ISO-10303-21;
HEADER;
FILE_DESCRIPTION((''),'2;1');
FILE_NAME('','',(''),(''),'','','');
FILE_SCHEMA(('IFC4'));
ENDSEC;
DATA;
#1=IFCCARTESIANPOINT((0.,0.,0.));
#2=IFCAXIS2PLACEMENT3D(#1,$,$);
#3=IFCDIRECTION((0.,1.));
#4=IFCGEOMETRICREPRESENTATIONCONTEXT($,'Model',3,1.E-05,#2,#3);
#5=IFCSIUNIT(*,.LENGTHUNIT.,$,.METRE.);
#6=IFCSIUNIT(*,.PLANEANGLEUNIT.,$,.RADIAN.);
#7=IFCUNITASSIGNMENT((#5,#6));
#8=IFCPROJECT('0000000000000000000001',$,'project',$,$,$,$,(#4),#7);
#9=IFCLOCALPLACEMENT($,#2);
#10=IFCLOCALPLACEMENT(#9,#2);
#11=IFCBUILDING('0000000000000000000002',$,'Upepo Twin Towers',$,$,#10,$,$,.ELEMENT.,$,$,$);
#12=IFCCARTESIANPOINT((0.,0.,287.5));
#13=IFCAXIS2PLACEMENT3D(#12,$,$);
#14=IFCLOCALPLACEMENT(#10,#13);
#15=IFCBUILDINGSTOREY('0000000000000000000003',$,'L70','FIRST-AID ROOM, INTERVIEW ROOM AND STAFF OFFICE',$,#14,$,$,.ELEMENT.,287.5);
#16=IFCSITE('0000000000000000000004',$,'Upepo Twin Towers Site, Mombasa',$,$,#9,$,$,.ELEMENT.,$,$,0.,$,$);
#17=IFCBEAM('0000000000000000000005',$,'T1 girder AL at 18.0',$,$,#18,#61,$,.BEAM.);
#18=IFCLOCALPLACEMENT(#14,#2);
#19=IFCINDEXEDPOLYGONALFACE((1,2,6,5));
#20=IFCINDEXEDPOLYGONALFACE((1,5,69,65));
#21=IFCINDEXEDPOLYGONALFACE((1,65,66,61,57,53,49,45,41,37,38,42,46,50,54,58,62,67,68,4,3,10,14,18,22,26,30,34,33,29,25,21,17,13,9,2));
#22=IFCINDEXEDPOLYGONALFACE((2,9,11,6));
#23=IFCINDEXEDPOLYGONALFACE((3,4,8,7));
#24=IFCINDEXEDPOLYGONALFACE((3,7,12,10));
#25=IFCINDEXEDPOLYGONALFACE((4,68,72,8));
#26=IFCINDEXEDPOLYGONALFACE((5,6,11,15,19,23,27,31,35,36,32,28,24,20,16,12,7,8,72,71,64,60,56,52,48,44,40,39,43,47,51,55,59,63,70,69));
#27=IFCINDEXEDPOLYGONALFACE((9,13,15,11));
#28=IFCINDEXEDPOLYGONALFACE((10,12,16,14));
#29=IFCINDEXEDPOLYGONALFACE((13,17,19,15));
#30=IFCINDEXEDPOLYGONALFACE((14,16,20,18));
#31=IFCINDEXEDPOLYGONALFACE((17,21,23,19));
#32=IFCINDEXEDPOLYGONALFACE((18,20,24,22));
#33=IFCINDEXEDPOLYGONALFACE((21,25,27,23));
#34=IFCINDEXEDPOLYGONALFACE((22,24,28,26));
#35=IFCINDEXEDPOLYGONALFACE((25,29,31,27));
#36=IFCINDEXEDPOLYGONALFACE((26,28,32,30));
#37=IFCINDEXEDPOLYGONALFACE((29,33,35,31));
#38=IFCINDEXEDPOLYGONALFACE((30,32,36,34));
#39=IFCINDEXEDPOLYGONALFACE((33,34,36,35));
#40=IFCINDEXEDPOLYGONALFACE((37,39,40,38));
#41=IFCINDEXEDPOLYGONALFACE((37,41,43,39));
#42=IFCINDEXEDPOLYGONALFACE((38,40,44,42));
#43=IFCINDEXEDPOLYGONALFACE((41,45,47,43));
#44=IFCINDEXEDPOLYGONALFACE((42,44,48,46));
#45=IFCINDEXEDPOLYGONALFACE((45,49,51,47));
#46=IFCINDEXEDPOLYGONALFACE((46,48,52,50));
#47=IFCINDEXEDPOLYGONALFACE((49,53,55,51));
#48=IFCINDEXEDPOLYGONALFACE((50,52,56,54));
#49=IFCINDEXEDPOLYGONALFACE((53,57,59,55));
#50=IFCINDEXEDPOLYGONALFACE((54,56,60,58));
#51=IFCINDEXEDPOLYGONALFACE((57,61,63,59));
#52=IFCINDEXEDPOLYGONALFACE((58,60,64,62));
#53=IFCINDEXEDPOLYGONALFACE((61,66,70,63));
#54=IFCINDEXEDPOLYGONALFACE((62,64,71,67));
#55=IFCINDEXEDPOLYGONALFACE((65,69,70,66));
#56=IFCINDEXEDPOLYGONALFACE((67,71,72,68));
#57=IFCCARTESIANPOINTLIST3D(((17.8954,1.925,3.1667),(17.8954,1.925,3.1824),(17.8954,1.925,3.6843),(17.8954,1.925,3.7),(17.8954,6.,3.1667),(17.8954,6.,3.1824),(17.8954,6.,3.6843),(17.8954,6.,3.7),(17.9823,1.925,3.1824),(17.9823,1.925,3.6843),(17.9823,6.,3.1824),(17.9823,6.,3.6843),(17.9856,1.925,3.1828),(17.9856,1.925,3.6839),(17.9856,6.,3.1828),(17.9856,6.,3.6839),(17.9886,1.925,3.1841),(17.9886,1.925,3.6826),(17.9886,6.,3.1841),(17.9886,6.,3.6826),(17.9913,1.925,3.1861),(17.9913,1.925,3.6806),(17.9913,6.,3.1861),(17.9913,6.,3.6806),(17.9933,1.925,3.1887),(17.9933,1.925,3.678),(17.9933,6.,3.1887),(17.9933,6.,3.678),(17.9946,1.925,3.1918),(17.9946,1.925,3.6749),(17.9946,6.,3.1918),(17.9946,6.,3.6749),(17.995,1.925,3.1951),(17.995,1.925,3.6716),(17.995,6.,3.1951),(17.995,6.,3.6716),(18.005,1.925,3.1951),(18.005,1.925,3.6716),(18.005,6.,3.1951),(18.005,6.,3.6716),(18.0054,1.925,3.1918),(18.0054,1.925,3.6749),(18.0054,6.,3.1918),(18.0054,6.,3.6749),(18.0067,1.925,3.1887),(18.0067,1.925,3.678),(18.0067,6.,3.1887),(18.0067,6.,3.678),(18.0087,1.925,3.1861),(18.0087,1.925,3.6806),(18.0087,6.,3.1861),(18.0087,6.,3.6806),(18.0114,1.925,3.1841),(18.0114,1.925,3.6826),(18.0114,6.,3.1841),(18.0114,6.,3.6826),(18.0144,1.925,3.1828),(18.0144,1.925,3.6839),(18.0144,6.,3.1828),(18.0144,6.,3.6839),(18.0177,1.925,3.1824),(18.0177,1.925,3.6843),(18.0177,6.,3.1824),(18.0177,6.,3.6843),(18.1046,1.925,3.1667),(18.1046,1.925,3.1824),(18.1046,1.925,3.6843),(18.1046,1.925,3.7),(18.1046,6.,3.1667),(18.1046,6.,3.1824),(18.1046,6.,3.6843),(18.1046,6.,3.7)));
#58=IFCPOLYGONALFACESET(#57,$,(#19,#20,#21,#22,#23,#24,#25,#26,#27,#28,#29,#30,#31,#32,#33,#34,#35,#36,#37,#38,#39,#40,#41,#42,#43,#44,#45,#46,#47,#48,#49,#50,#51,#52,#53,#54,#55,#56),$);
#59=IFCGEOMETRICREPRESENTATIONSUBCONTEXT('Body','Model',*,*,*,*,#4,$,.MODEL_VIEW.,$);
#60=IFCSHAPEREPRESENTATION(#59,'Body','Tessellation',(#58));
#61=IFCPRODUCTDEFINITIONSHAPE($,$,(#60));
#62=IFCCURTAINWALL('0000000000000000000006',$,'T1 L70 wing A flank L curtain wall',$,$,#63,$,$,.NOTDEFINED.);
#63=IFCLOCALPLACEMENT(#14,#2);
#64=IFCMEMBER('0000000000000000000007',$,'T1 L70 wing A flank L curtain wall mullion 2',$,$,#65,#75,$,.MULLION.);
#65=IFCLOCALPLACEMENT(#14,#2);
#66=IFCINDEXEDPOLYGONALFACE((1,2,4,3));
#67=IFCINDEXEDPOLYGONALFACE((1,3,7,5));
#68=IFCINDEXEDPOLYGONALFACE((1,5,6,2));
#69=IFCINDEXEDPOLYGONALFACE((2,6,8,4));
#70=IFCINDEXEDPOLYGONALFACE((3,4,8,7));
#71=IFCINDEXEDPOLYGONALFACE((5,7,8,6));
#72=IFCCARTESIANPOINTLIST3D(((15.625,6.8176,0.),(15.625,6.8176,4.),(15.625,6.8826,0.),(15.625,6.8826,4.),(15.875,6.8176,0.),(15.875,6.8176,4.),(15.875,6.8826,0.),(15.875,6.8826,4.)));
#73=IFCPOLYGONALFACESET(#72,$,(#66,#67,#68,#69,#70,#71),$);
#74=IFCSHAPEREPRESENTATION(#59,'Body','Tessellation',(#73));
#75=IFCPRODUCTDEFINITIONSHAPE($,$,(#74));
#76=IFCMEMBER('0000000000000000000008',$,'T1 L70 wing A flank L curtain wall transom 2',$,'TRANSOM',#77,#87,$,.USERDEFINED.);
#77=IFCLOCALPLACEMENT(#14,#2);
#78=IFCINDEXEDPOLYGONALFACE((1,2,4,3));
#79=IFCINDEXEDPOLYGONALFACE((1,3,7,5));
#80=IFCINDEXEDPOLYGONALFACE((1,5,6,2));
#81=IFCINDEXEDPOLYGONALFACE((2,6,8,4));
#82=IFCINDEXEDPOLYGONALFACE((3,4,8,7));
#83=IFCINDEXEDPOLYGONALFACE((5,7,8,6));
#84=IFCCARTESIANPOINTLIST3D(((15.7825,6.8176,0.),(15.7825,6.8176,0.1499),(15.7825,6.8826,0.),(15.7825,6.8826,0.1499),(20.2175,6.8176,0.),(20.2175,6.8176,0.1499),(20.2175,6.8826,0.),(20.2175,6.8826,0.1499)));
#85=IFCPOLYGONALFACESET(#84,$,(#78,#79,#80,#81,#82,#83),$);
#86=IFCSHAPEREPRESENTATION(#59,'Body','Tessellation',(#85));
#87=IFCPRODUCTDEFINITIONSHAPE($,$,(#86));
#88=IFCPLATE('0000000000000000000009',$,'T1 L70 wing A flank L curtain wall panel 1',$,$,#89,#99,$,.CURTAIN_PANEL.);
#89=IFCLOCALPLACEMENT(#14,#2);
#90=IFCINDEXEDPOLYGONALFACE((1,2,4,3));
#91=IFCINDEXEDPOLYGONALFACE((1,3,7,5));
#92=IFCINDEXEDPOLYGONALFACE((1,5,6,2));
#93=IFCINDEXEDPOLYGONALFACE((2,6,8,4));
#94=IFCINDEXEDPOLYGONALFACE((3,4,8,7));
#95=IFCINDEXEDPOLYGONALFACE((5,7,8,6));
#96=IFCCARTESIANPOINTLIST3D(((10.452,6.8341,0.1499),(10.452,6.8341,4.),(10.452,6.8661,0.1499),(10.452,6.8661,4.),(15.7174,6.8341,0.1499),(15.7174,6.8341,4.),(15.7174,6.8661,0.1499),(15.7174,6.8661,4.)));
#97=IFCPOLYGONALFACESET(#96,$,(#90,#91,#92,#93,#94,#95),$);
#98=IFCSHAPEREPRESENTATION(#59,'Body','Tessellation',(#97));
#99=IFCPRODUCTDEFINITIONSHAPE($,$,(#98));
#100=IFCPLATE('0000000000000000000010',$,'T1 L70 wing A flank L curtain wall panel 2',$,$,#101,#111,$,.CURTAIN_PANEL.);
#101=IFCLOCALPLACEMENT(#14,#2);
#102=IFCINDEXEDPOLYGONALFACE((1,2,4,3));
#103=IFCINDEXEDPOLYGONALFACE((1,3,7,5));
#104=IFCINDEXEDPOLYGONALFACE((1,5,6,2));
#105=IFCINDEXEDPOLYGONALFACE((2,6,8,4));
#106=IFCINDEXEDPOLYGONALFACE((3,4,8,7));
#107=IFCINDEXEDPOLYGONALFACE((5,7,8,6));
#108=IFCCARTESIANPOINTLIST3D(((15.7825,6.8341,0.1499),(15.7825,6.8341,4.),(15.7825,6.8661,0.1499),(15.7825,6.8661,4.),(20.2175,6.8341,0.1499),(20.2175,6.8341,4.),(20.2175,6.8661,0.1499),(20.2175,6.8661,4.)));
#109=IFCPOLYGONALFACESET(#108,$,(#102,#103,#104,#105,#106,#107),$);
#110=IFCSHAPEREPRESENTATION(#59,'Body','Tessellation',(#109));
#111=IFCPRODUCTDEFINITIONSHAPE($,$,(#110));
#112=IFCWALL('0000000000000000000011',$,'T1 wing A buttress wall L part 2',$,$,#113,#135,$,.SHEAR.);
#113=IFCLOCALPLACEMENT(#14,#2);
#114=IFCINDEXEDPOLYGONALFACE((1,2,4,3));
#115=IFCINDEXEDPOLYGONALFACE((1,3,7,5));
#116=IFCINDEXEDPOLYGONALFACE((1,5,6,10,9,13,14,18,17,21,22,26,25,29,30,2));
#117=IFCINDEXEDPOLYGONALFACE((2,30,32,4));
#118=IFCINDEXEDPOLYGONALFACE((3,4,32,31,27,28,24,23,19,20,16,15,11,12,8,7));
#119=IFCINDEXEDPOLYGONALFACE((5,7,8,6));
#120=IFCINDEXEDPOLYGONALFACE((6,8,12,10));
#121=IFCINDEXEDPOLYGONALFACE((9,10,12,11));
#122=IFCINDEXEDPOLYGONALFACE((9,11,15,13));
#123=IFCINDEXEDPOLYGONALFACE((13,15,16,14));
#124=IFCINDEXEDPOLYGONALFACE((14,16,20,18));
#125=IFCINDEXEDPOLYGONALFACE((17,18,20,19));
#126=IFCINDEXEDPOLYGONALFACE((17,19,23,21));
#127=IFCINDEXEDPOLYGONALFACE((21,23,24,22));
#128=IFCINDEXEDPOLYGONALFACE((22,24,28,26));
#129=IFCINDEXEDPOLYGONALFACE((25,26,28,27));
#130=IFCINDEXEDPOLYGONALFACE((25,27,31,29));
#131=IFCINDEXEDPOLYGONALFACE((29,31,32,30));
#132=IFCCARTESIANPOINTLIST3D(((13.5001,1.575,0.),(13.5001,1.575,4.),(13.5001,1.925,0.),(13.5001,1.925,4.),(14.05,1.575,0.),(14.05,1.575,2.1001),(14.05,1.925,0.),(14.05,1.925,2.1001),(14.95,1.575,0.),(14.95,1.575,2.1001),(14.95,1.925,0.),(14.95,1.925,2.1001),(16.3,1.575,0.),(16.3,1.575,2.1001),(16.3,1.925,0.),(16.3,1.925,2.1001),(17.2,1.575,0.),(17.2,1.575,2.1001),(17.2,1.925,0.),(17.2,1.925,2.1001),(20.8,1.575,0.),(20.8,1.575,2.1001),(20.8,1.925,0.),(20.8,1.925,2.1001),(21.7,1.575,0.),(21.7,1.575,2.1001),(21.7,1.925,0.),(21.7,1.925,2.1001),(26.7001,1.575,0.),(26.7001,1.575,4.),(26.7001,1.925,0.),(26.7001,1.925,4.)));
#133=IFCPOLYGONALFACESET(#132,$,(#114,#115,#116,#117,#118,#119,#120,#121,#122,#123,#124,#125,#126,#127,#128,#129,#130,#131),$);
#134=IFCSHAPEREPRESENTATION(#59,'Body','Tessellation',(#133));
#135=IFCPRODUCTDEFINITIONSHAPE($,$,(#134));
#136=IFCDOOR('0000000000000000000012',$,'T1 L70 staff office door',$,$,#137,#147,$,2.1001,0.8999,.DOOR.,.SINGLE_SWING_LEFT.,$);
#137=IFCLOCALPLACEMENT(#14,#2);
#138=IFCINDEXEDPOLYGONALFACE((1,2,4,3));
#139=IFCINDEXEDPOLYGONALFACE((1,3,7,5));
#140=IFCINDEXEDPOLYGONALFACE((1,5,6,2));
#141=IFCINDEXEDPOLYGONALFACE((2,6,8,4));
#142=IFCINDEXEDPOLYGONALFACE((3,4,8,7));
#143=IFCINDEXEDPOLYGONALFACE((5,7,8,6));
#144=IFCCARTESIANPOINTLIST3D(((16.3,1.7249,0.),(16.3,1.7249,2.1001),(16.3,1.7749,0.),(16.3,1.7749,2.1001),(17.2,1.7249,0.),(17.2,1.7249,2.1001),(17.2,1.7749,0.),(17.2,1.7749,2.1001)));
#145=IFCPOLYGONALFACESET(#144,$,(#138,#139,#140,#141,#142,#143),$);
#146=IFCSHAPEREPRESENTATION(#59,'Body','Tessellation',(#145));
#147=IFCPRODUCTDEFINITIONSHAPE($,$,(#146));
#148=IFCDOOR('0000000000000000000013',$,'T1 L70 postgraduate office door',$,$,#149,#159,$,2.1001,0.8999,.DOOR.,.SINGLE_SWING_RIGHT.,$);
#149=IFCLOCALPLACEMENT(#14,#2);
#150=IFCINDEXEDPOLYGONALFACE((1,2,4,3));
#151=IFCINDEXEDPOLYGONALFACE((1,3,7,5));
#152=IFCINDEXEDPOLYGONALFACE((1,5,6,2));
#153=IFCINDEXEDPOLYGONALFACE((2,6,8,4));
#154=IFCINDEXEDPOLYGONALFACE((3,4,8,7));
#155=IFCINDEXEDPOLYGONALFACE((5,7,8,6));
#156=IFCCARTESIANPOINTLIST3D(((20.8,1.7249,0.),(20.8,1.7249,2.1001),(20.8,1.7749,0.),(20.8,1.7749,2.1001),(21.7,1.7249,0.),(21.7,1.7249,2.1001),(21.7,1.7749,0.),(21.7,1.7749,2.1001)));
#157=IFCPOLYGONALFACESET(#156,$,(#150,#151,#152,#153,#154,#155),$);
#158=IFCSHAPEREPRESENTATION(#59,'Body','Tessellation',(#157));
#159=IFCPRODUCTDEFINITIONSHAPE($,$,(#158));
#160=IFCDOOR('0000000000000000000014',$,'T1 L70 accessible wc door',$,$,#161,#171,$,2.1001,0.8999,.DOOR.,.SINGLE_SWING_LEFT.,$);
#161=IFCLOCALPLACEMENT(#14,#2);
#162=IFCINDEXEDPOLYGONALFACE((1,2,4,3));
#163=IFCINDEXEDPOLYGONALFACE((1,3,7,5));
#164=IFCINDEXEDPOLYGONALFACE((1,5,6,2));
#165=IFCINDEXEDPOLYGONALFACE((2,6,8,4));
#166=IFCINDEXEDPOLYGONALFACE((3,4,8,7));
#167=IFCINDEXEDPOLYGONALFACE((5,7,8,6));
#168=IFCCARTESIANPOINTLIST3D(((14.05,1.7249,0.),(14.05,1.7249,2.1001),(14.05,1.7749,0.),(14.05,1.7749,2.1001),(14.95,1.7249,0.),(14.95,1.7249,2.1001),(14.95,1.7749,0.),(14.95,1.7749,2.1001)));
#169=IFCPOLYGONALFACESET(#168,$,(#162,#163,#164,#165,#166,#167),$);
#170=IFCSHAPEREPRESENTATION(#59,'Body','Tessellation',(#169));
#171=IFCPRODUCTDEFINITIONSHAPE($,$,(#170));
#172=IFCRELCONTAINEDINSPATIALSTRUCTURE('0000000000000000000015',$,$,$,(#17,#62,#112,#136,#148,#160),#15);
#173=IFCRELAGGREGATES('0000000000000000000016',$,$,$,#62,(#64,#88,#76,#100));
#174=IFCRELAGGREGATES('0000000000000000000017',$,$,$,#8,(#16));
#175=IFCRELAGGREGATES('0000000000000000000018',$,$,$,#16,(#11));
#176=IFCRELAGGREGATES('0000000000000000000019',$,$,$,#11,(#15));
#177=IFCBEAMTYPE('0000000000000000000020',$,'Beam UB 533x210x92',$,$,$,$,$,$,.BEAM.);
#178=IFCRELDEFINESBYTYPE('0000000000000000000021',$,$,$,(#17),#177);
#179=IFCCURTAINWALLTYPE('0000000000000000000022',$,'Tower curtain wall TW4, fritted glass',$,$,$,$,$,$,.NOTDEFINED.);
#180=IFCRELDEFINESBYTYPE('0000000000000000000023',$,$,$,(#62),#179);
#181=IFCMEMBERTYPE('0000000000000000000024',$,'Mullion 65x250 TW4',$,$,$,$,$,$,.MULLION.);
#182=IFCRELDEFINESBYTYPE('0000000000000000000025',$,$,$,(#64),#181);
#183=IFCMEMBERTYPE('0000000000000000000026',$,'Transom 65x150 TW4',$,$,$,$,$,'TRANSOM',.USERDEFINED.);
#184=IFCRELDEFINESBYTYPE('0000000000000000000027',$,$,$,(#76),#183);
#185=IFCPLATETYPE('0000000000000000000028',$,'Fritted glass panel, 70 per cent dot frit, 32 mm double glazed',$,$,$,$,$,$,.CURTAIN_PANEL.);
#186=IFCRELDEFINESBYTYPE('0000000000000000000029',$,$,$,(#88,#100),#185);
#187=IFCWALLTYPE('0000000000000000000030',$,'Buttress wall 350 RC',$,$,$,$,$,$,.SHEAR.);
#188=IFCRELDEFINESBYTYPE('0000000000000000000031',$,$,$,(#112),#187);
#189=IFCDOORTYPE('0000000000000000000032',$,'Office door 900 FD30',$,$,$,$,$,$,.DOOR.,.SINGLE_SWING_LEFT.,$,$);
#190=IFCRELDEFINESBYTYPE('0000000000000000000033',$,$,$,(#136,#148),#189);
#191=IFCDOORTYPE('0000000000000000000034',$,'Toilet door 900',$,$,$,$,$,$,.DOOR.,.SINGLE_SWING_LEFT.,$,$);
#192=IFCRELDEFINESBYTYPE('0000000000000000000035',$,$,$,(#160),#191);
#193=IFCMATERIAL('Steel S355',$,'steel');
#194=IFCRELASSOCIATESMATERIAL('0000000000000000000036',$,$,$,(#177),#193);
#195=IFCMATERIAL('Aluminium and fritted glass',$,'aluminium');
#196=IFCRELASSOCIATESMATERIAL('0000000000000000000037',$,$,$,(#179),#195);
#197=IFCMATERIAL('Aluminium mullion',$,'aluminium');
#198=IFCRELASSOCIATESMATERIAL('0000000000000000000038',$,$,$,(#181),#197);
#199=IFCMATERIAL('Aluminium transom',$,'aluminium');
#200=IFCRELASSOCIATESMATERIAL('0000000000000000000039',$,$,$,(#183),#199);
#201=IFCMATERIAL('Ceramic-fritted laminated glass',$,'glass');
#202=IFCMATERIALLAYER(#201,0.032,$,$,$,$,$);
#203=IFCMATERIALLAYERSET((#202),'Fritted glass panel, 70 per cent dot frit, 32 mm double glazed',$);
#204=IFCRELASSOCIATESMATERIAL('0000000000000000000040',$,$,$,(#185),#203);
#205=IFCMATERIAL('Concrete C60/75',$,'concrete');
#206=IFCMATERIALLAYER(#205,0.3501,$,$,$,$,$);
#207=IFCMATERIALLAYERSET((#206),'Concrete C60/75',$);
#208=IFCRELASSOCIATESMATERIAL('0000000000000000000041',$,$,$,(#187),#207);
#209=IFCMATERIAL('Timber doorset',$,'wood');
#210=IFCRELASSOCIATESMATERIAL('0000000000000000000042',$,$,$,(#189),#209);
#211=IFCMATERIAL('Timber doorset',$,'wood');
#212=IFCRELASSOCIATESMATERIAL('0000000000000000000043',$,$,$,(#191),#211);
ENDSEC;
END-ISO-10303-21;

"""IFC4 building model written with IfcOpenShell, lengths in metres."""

from ifc_helpers import new_model, si_unit, direction, frame, frame_2d, origin, origin_2d, place, context, subcontext, project, spatial, rectangle, i_section, extrude, material, layer, layer_set, material_profile, profile_set, type_object, element, fill, aggregate, save


model = new_model("IFC4")

# Units and contexts
model_context = context("Model", 3, precision=1e-05, world=origin(), true_north=direction((0.0, 1.0)))
body_context = subcontext(model_context, "Body", "Model", "MODEL_VIEW")
ifc_project = project(units=[si_unit("LENGTHUNIT", "METRE"), si_unit("PLANEANGLEUNIT", "RADIAN")], contexts=[model_context])

# Site, building, storey
site_placement = place(None, origin())
site = spatial("IfcSite", under=ifc_project, at=site_placement, Name="Upepo Twin Towers Site, Mombasa", CompositionType="ELEMENT", RefElevation=0.0)
building_placement = place(site_placement, origin())
building = spatial("IfcBuilding", under=site, at=building_placement, Name="Upepo Twin Towers", CompositionType="ELEMENT")
storey_placement = place(building_placement, frame((0.0, 0.0, 287.5)))
storey = spatial("IfcBuildingStorey", under=building, at=storey_placement, Name="L70", Description="FIRST-AID ROOM, INTERVIEW ROOM AND STAFF OFFICE", CompositionType="ELEMENT", Elevation=287.5)

# Beam
ifc_material_1 = material(Name="Steel S355", Category="steel")
ifc_material_profile_1 = material_profile(ifc_material_1, i_section(OverallWidth=0.2092, OverallDepth=0.5332, WebThickness=0.01, FlangeThickness=0.0156, FilletRadius=0.0127, at=origin_2d()), Name="UB 533x210x92")
ifc_profile_set_1 = profile_set([ifc_material_profile_1], Name="Steel S355")
beam_type_1 = type_object("IfcBeamType", Name="Beam UB 533x210x92", PredefinedType="BEAM", material=ifc_profile_set_1)
for number, where, z_axis, x_axis, name in (
    (1, (18.0, 6.0, 3.4333), (0.0, -1.0, 0.0), (1.0, 0.0, 0.0), "T1 girder AL at 18.0"),
):
    element("IfcBeam", number, at=place(storey_placement, frame(where, z_axis=z_axis, x_axis=x_axis)), inside=storey, type_object=beam_type_1, Name=name, PredefinedType="BEAM", context=body_context, shape_type="SweptSolid", body=[
        extrude(i_section(OverallWidth=0.2092, OverallDepth=0.5332, WebThickness=0.01, FlangeThickness=0.0156, FilletRadius=0.0127, at=origin_2d()), origin(), (0.0, 0.0, 1.0), 4.075),
    ])

# Curtain wall, members, plates
ifc_material_2 = material(Name="Aluminium and fritted glass", Category="aluminium")
curtain_wall_type = type_object("IfcCurtainWallType", Name="Tower curtain wall TW4, fritted glass", PredefinedType="NOTDEFINED", material=ifc_material_2)
curtain_wall_placement = place(storey_placement, origin())
curtain_wall = element("IfcCurtainWall", 2, at=curtain_wall_placement, inside=storey, type_object=curtain_wall_type, Name="T1 L70 wing A flank L curtain wall", PredefinedType="NOTDEFINED")
ifc_material_3 = material(Name="Aluminium mullion", Category="aluminium")
ifc_material_profile_2 = material_profile(ifc_material_3, rectangle(XDim=0.0649, YDim=0.25, at=origin_2d()), Name="MULLION 65x250")
ifc_profile_set_2 = profile_set([ifc_material_profile_2], Name="Aluminium mullion")
member_type_1 = type_object("IfcMemberType", Name="Mullion 65x250 TW4", PredefinedType="MULLION", material=ifc_profile_set_2)
member_1_placement = place(storey_placement, frame((15.75, 6.8501, 0.0), z_axis=(0.0, 0.0, 1.0), x_axis=(0.0, 1.0, 0.0)))
member_1 = element("IfcMember", 3, at=member_1_placement, type_object=member_type_1, Name="T1 L70 wing A flank L curtain wall mullion 2", PredefinedType="MULLION", context=body_context, shape_type="SweptSolid", body=[
    extrude(rectangle(XDim=0.0649, YDim=0.25, at=origin_2d()), origin(), (0.0, 0.0, 1.0), 4.0),
])
ifc_material_4 = material(Name="Aluminium transom", Category="aluminium")
ifc_material_profile_3 = material_profile(ifc_material_4, rectangle(XDim=0.0649, YDim=0.1499, at=origin_2d()), Name="TRANSOM 65x150")
ifc_profile_set_3 = profile_set([ifc_material_profile_3], Name="Aluminium transom")
member_type_2 = type_object("IfcMemberType", Name="Transom 65x150 TW4", ElementType="TRANSOM", PredefinedType="USERDEFINED", material=ifc_profile_set_3)
member_2_placement = place(storey_placement, frame((15.7825, 6.8501, 0.075), z_axis=(1.0, 0.0, 0.0), x_axis=(0.0, 1.0, 0.0)))
member_2 = element("IfcMember", 4, at=member_2_placement, type_object=member_type_2, Name="T1 L70 wing A flank L curtain wall transom 2", ObjectType="TRANSOM", PredefinedType="USERDEFINED", context=body_context, shape_type="SweptSolid", body=[
    extrude(rectangle(XDim=0.0649, YDim=0.1499, at=origin_2d()), origin(), (0.0, 0.0, 1.0), 4.4351),
])
ifc_material_5 = material(Name="Ceramic-fritted laminated glass", Category="glass")
ifc_layer_1 = layer(ifc_material_5, 0.032)
ifc_layer_set_1 = layer_set([ifc_layer_1], Name="Fritted glass panel, 70 per cent dot frit, 32 mm double glazed")
plate_type = type_object("IfcPlateType", Name="Fritted glass panel, 70 per cent dot frit, 32 mm double glazed", PredefinedType="CURTAIN_PANEL", material=ifc_layer_set_1)
plate_1_placement = place(storey_placement, frame((13.0847, 6.8501, 0.1499), z_axis=(0.0, 0.0, 1.0), x_axis=(1.0, 0.0, 0.0)))
plate_1 = element("IfcPlate", 5, at=plate_1_placement, type_object=plate_type, Name="T1 L70 wing A flank L curtain wall panel 1", PredefinedType="CURTAIN_PANEL", context=body_context, shape_type="SweptSolid", body=[
    extrude(rectangle(XDim=5.2654, YDim=0.032, at=origin_2d()), origin(), (0.0, 0.0, 1.0), 3.8501),
])
plate_2_placement = place(storey_placement, frame((18.0, 6.8501, 0.1499), z_axis=(0.0, 0.0, 1.0), x_axis=(1.0, 0.0, 0.0)))
plate_2 = element("IfcPlate", 6, at=plate_2_placement, type_object=plate_type, Name="T1 L70 wing A flank L curtain wall panel 2", PredefinedType="CURTAIN_PANEL", context=body_context, shape_type="SweptSolid", body=[
    extrude(rectangle(XDim=4.4351, YDim=0.032, at=origin_2d()), origin(), (0.0, 0.0, 1.0), 3.8501),
])
aggregate(curtain_wall, [member_1, plate_1, member_2, plate_2])

# Wall, openings, doors
ifc_material_6 = material(Name="Concrete C60/75", Category="concrete")
ifc_layer_2 = layer(ifc_material_6, 0.3501)
ifc_layer_set_2 = layer_set([ifc_layer_2], Name="Concrete C60/75")
wall_type_1 = type_object("IfcWallType", Name="Buttress wall 350 RC", PredefinedType="SHEAR", material=ifc_layer_set_2)
wall_1_placement = place(storey_placement, frame((13.5, 1.75, 0.0), z_axis=(0.0, 0.0, 1.0), x_axis=(1.0, 0.0, 0.0)))
wall_1 = element("IfcWall", 7, at=wall_1_placement, inside=storey, type_object=wall_type_1, Name="T1 wing A buttress wall L part 2", PredefinedType="SHEAR", context=body_context, shape_type="SweptSolid", body=[
    extrude(rectangle(XDim=13.2, YDim=0.3501, at=frame_2d((6.6001, 0.0))), origin(), (0.0, 0.0, 1.0), 4.0),
])
opening_1_placement = place(wall_1_placement, frame((0.55, 0.0, 0.0)))
opening_1 = element("IfcOpeningElement", 8, at=opening_1_placement, cuts=wall_1, PredefinedType="OPENING", context=body_context, shape_type="SweptSolid", body=[
    extrude(rectangle(XDim=0.8999, YDim=2.1001, at=frame_2d((0.45, 1.05))), frame((0.0, 0.1851, 0.0), z_axis=(0.0, -1.0, 0.0), x_axis=(1.0, 0.0, 0.0)), (0.0, 0.0, 1.0), 0.3701),
])
opening_2_placement = place(wall_1_placement, frame((2.8, 0.0, 0.0)))
opening_2 = element("IfcOpeningElement", 9, at=opening_2_placement, cuts=wall_1, PredefinedType="OPENING", context=body_context, shape_type="SweptSolid", body=[
    extrude(rectangle(XDim=0.8999, YDim=2.1001, at=frame_2d((0.45, 1.05))), frame((0.0, 0.1851, 0.0), z_axis=(0.0, -1.0, 0.0), x_axis=(1.0, 0.0, 0.0)), (0.0, 0.0, 1.0), 0.3701),
])
opening_3_placement = place(wall_1_placement, frame((7.3, 0.0, 0.0)))
opening_3 = element("IfcOpeningElement", 10, at=opening_3_placement, cuts=wall_1, PredefinedType="OPENING", context=body_context, shape_type="SweptSolid", body=[
    extrude(rectangle(XDim=0.8999, YDim=2.1001, at=frame_2d((0.45, 1.05))), frame((0.0, 0.1851, 0.0), z_axis=(0.0, -1.0, 0.0), x_axis=(1.0, 0.0, 0.0)), (0.0, 0.0, 1.0), 0.3701),
])
ifc_material_7 = material(Name="Timber doorset", Category="wood")
door_type_1 = type_object("IfcDoorType", Name="Office door 900 FD30", OperationType="SINGLE_SWING_LEFT", PredefinedType="DOOR", material=ifc_material_7)
door_1_placement = place(opening_2_placement, origin())
door_1 = element("IfcDoor", 11, at=door_1_placement, inside=storey, type_object=door_type_1, Name="T1 L70 staff office door", OperationType="SINGLE_SWING_LEFT", OverallHeight=2.1001, OverallWidth=0.8999, PredefinedType="DOOR", context=body_context, shape_type="SweptSolid", body=[
    extrude(rectangle(XDim=0.8999, YDim=2.1001, at=frame_2d((0.45, 1.05))), frame((0.0, 0.0249, 0.0), z_axis=(0.0, -1.0, 0.0), x_axis=(1.0, 0.0, 0.0)), (0.0, 0.0, 1.0), 0.05),
])
fill(opening_2, door_1)
door_2_placement = place(opening_3_placement, origin())
door_2 = element("IfcDoor", 12, at=door_2_placement, inside=storey, type_object=door_type_1, Name="T1 L70 postgraduate office door", OperationType="SINGLE_SWING_RIGHT", OverallHeight=2.1001, OverallWidth=0.8999, PredefinedType="DOOR", context=body_context, shape_type="SweptSolid", body=[
    extrude(rectangle(XDim=0.8999, YDim=2.1001, at=frame_2d((0.45, 1.05))), frame((0.0, 0.0249, 0.0), z_axis=(0.0, -1.0, 0.0), x_axis=(1.0, 0.0, 0.0)), (0.0, 0.0, 1.0), 0.05),
])
fill(opening_3, door_2)
ifc_material_8 = material(Name="Timber doorset", Category="wood")
door_type_2 = type_object("IfcDoorType", Name="Toilet door 900", OperationType="SINGLE_SWING_LEFT", PredefinedType="DOOR", material=ifc_material_8)
door_3_placement = place(opening_1_placement, origin())
door_3 = element("IfcDoor", 13, at=door_3_placement, inside=storey, type_object=door_type_2, Name="T1 L70 accessible wc door", OperationType="SINGLE_SWING_LEFT", OverallHeight=2.1001, OverallWidth=0.8999, PredefinedType="DOOR", context=body_context, shape_type="SweptSolid", body=[
    extrude(rectangle(XDim=0.8999, YDim=2.1001, at=frame_2d((0.45, 1.05))), frame((0.0, 0.0249, 0.0), z_axis=(0.0, -1.0, 0.0), x_axis=(1.0, 0.0, 0.0)), (0.0, 0.0, 1.0), 0.05),
])
fill(opening_1, door_3)

save(model, "model.ifc")
